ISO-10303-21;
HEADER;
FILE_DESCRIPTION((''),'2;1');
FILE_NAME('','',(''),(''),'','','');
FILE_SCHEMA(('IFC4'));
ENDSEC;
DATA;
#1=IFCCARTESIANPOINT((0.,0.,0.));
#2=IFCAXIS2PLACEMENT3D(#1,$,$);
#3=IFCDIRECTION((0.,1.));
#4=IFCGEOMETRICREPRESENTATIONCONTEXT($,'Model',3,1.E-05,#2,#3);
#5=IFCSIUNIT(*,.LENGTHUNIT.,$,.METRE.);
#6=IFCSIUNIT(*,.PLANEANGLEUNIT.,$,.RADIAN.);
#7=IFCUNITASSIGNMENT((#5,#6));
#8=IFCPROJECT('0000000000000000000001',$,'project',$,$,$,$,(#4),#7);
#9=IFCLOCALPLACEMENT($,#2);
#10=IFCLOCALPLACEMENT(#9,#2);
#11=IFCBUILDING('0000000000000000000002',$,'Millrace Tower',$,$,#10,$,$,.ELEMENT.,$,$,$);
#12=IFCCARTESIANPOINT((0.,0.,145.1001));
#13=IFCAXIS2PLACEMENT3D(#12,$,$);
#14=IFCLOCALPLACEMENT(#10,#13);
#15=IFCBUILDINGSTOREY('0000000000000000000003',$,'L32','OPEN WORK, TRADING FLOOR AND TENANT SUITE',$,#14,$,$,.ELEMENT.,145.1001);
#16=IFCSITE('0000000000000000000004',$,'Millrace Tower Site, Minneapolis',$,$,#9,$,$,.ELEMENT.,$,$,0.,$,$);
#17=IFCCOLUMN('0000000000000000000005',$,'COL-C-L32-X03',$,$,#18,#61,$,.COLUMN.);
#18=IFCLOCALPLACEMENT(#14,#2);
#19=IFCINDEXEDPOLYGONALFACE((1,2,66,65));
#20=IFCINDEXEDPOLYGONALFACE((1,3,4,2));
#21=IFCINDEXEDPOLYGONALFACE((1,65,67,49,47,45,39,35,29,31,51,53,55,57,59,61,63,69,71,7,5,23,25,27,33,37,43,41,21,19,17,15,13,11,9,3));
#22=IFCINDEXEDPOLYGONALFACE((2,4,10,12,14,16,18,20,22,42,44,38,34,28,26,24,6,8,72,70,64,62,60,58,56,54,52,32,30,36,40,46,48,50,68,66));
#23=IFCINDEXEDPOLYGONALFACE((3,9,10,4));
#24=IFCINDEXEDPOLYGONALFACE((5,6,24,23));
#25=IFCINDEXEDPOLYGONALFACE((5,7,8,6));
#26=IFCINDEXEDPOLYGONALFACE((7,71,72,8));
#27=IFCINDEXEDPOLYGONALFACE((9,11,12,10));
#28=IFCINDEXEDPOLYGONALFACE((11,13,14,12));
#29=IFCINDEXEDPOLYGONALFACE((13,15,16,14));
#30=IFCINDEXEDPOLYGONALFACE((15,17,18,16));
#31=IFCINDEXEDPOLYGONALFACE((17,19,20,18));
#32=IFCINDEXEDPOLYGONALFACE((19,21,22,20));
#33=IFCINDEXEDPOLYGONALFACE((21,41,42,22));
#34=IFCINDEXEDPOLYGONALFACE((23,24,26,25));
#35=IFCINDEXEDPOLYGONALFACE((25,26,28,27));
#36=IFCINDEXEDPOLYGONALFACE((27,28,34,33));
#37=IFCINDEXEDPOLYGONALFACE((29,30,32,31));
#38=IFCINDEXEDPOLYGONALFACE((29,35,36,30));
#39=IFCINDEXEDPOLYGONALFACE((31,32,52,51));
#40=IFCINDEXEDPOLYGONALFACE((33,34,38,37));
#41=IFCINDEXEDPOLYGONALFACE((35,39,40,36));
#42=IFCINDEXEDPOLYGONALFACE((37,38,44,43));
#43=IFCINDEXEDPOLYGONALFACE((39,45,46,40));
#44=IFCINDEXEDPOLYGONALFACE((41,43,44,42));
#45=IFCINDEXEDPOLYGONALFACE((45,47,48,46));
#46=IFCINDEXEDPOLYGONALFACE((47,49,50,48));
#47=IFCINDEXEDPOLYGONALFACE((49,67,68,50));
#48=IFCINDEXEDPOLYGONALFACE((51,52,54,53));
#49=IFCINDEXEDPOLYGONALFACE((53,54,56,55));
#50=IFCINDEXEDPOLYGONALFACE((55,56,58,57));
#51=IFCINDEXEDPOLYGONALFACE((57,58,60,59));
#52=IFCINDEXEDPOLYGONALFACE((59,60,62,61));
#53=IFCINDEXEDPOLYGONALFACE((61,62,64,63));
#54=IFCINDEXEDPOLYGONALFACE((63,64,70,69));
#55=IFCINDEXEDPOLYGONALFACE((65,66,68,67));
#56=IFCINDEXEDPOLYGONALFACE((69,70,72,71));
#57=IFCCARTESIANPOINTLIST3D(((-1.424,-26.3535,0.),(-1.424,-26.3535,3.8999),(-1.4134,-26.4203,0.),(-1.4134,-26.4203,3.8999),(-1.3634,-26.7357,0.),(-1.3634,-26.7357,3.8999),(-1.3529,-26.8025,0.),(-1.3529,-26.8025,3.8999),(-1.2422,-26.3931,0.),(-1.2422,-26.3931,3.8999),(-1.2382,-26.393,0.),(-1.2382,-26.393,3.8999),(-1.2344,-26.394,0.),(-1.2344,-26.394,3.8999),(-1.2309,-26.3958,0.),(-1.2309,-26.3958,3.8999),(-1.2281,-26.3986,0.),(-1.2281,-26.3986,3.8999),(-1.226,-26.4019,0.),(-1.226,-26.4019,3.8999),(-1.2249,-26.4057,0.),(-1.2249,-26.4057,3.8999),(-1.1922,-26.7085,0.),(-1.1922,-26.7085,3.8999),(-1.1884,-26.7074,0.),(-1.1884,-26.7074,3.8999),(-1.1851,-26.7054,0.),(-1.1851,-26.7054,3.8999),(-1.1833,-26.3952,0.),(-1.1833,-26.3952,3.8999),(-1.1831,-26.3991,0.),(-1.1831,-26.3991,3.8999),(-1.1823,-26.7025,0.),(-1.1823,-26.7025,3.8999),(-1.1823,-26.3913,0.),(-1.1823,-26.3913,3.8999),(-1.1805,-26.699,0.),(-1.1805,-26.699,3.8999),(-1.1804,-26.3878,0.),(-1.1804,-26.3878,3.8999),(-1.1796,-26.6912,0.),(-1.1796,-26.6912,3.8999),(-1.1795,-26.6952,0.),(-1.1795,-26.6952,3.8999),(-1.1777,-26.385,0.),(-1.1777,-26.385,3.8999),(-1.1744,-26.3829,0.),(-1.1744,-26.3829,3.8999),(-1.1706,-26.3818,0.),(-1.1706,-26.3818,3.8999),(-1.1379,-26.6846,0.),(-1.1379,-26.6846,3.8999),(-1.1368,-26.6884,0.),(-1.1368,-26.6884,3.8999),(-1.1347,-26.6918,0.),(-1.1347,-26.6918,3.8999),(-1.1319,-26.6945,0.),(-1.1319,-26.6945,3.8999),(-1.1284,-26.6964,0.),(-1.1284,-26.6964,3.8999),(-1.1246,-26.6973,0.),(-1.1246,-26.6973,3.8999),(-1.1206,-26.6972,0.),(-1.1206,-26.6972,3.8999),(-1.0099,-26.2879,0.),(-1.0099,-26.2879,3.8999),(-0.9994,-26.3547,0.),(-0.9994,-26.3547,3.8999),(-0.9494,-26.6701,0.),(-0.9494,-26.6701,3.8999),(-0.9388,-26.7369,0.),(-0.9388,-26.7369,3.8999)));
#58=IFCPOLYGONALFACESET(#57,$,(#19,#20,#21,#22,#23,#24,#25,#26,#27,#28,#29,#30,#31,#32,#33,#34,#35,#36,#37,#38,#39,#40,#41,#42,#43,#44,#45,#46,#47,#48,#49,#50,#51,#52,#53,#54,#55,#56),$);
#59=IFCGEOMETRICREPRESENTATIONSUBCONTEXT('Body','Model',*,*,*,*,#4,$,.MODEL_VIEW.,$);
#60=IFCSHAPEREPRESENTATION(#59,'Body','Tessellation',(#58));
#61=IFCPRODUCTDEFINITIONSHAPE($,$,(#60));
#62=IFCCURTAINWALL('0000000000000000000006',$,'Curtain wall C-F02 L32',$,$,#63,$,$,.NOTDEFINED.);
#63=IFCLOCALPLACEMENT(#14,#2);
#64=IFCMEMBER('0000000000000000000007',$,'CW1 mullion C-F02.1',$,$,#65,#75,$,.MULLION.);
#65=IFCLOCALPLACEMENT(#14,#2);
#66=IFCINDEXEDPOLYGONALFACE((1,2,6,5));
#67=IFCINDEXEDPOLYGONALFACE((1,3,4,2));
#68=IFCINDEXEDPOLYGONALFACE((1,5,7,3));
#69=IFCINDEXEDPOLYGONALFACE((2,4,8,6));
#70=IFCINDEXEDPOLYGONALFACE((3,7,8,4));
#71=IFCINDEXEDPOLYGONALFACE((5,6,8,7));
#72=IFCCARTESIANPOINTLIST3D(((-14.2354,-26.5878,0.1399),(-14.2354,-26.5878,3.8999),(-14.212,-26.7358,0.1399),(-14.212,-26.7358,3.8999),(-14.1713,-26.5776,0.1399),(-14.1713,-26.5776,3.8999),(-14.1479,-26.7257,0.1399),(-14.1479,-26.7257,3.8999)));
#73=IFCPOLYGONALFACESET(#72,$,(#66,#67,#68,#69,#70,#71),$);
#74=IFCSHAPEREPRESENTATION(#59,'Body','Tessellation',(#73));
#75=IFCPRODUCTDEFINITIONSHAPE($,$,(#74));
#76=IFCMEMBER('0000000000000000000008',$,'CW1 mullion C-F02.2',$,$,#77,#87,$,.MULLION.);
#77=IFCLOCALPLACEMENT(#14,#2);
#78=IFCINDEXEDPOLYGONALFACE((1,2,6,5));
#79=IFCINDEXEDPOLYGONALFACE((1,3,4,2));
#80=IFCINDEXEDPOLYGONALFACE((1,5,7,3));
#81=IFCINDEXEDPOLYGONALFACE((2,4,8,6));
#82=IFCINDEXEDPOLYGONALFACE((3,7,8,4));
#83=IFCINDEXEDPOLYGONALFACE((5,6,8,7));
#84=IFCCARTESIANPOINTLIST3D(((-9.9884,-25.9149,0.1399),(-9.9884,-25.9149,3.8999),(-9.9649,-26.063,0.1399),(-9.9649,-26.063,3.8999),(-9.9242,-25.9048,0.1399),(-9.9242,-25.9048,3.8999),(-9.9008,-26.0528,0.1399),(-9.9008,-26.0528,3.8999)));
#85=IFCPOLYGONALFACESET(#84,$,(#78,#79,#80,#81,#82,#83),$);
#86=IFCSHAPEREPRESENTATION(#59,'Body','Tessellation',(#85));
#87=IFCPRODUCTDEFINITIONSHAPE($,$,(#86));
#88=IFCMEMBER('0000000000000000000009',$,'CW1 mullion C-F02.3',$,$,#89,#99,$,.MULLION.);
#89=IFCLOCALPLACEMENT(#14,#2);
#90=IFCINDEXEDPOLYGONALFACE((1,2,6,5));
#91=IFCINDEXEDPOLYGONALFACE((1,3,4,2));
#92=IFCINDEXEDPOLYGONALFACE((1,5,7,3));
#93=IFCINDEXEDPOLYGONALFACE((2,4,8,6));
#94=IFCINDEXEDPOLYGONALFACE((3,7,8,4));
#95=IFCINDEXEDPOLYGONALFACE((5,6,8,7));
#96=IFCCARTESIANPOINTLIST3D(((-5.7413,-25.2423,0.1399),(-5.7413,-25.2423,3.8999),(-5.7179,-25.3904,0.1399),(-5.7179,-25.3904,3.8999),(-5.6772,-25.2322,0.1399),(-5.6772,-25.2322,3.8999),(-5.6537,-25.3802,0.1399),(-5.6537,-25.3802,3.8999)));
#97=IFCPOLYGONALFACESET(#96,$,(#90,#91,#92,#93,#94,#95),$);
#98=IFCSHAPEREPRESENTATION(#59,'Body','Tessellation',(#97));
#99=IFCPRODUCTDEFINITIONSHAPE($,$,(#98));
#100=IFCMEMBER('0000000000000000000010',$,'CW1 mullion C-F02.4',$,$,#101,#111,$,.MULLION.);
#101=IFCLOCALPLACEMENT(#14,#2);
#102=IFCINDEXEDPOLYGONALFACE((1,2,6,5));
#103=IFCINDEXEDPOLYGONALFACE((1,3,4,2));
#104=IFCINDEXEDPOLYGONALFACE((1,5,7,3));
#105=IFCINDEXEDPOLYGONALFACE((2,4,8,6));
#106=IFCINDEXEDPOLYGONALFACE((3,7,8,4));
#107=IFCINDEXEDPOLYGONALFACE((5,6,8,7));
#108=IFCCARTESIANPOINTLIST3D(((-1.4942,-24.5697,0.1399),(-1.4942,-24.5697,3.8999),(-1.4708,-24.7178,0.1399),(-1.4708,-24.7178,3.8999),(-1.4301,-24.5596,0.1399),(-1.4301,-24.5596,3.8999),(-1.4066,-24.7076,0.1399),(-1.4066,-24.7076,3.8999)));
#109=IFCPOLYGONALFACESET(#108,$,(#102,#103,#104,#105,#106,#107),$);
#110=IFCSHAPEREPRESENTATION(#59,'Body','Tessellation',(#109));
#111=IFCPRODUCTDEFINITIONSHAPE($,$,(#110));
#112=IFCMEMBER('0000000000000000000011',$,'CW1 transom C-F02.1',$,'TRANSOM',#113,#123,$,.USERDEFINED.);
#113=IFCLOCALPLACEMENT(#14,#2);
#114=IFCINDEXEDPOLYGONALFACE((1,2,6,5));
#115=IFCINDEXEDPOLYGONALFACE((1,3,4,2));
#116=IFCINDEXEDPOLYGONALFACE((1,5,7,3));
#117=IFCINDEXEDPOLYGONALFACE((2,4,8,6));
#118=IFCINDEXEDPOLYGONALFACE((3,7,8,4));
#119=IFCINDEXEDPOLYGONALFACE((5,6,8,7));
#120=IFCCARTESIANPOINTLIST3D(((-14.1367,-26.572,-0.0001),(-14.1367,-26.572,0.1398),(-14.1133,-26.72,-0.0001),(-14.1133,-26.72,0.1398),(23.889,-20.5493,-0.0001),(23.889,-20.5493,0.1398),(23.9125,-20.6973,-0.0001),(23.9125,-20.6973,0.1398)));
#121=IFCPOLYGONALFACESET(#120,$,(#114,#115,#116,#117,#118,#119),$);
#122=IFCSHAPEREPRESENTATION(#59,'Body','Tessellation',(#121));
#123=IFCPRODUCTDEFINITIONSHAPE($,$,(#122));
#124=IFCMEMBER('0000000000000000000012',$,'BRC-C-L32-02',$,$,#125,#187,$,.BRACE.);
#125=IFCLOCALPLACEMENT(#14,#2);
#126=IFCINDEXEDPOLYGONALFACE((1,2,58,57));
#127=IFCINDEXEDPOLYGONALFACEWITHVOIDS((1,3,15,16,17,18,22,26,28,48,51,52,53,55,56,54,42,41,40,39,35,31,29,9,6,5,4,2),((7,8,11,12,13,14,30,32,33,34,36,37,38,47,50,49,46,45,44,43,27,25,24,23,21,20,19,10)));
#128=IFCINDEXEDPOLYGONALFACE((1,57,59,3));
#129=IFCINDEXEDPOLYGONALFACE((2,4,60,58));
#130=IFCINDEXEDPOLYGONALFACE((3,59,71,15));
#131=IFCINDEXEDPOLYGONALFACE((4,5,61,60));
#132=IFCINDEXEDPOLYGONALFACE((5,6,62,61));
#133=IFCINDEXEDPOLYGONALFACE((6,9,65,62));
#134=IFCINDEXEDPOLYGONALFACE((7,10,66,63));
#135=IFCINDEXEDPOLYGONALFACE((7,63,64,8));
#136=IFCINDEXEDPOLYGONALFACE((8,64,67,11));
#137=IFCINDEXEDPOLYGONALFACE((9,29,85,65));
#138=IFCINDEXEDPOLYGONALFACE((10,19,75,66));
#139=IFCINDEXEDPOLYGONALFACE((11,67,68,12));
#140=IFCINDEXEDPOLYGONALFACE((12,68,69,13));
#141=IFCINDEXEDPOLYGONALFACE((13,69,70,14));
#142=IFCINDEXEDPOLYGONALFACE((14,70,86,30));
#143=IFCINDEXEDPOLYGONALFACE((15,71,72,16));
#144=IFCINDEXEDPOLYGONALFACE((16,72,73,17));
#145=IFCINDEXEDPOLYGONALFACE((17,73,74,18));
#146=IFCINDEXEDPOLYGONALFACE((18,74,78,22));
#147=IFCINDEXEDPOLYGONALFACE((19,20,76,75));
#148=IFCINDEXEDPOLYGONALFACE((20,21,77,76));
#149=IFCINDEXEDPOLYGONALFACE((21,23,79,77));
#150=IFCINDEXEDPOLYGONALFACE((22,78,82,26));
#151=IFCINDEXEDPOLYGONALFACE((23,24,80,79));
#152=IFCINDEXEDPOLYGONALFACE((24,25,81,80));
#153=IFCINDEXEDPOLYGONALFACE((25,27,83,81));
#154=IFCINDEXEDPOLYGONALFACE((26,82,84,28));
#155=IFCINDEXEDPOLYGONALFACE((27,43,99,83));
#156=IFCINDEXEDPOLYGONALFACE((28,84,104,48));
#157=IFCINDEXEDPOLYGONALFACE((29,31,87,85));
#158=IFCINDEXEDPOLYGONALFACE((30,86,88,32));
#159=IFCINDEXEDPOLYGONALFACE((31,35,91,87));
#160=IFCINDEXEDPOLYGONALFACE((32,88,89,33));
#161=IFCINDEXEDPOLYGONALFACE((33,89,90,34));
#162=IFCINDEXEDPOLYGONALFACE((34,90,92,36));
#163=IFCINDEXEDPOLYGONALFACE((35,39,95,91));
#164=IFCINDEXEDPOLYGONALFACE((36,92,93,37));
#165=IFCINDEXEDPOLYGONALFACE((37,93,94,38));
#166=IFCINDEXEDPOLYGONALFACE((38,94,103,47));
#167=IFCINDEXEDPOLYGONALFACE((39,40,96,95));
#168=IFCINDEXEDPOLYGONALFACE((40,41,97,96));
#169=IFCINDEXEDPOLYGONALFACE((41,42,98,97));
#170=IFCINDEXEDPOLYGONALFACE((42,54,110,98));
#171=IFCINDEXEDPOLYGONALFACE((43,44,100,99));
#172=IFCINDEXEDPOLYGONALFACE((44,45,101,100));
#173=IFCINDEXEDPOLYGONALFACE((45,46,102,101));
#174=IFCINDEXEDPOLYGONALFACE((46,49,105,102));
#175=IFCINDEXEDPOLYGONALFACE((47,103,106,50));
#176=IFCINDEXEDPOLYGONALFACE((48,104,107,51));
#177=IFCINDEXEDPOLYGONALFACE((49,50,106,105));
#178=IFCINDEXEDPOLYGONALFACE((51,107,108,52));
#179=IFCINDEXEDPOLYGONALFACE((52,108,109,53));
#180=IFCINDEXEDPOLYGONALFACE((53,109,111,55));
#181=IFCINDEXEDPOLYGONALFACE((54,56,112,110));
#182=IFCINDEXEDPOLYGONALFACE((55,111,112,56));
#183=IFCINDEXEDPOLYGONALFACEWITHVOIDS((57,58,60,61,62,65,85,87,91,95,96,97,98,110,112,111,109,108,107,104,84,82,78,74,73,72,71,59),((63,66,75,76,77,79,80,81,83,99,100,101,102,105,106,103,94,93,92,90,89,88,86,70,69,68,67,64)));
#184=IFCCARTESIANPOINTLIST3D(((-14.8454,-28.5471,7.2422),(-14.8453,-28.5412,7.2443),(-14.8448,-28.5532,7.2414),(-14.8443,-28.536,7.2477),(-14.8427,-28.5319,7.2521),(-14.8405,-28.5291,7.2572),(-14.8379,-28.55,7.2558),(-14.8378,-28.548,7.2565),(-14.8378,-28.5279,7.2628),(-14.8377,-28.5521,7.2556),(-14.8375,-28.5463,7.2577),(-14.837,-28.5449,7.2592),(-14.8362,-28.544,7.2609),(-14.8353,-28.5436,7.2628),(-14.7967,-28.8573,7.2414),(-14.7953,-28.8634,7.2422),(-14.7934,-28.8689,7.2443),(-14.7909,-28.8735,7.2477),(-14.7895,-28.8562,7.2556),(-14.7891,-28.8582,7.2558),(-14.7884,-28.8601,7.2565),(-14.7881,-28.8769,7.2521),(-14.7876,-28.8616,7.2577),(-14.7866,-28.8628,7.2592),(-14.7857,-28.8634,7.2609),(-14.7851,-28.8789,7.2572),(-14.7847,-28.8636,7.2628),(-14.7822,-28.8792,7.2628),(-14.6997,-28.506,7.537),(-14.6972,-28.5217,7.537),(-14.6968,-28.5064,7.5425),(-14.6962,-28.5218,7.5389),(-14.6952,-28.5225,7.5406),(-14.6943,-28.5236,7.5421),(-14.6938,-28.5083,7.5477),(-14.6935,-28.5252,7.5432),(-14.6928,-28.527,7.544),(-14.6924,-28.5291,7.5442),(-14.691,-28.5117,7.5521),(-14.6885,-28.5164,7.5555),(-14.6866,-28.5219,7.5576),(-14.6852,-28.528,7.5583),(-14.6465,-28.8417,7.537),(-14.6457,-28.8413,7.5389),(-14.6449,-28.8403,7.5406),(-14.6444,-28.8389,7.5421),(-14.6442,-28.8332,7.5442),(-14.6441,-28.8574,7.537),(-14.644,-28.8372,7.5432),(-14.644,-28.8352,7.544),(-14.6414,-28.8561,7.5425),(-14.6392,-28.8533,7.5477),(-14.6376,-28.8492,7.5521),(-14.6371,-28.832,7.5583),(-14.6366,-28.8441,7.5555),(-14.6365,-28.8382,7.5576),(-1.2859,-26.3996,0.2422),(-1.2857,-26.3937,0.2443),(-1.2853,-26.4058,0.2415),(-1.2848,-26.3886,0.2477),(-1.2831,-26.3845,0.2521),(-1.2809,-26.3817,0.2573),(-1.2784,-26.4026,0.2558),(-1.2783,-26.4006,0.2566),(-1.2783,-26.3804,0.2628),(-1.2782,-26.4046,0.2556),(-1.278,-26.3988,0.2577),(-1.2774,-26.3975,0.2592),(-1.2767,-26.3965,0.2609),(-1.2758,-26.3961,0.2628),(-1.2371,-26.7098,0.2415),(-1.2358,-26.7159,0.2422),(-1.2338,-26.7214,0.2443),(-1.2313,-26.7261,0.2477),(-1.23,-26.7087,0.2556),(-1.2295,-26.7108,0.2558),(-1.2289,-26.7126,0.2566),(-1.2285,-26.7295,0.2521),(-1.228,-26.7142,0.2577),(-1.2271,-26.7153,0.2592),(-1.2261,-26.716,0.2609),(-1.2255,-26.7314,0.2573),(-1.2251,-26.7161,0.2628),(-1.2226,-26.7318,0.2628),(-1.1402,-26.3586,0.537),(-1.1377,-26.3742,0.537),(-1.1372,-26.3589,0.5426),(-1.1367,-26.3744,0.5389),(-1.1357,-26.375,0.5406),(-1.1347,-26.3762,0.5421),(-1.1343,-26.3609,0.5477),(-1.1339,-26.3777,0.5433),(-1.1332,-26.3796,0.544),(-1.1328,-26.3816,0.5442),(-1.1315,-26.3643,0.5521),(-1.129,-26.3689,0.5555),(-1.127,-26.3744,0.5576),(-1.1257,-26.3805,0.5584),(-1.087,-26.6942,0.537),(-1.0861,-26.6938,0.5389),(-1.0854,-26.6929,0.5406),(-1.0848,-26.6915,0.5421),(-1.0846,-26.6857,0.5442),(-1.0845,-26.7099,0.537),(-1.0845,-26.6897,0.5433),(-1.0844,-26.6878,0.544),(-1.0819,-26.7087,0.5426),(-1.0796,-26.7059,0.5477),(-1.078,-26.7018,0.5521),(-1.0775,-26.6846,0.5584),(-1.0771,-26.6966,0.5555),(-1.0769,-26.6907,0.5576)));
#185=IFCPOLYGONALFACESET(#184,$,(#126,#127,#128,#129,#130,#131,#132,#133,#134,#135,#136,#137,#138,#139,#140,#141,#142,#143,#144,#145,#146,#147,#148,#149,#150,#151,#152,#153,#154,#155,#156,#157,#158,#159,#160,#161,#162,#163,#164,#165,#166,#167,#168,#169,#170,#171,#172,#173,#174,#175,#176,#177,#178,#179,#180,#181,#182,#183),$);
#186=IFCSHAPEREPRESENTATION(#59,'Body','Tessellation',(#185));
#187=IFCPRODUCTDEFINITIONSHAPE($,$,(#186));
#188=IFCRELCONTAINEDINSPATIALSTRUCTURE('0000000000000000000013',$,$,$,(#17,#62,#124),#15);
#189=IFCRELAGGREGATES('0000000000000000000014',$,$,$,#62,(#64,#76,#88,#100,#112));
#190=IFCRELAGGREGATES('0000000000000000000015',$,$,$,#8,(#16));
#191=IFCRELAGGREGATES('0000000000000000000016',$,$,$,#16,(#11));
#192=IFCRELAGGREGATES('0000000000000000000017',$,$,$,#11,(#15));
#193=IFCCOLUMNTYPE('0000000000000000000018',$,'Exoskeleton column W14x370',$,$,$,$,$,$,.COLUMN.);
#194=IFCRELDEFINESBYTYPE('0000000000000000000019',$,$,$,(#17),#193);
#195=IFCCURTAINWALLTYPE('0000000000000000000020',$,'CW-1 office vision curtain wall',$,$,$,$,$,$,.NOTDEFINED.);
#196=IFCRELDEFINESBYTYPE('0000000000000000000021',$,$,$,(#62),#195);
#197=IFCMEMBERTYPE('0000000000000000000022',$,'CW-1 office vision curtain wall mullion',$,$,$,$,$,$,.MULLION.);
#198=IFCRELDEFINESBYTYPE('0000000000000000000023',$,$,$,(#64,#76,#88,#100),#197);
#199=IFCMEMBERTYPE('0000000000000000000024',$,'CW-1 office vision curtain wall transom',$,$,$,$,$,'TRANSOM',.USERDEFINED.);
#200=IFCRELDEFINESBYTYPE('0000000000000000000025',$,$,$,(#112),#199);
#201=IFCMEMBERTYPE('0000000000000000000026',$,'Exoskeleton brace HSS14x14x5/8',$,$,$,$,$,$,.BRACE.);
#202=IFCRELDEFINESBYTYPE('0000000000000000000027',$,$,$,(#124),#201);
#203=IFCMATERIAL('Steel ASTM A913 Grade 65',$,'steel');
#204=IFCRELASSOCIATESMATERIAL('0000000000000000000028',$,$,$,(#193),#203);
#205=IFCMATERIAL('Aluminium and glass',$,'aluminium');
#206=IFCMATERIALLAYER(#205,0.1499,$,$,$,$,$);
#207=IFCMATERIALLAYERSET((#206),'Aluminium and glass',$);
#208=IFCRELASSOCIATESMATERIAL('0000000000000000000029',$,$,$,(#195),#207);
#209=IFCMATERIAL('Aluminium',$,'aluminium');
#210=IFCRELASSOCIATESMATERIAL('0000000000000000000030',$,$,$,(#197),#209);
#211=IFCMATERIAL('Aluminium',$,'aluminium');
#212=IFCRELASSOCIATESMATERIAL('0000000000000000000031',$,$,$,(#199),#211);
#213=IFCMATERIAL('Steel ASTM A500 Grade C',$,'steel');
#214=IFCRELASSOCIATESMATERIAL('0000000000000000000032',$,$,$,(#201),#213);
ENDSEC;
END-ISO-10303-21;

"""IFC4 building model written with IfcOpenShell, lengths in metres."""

from ifc_helpers import new_model, si_unit, direction, frame, origin, origin_2d, place, context, subcontext, project, spatial, rectangle, hollow_rectangle, i_section, extrude, material, layer, layer_set, material_profile, profile_set, type_object, element, aggregate, save


model = new_model("IFC4")

# Units and contexts
model_context = context("Model", 3, precision=1e-05, world=origin(), true_north=direction((0.0, 1.0)))
body_context = subcontext(model_context, "Body", "Model", "MODEL_VIEW")
ifc_project = project(units=[si_unit("LENGTHUNIT", "METRE"), si_unit("PLANEANGLEUNIT", "RADIAN")], contexts=[model_context])

# Site, building, storey
site_placement = place(None, origin())
site = spatial("IfcSite", under=ifc_project, at=site_placement, Name="Millrace Tower Site, Minneapolis", CompositionType="ELEMENT", RefElevation=0.0)
building_placement = place(site_placement, origin())
building = spatial("IfcBuilding", under=site, at=building_placement, Name="Millrace Tower", CompositionType="ELEMENT")
storey_placement = place(building_placement, frame((0.0, 0.0, 145.1001)))
storey = spatial("IfcBuildingStorey", under=building, at=storey_placement, Name="L32", Description="OPEN WORK, TRADING FLOOR AND TENANT SUITE", CompositionType="ELEMENT", Elevation=145.1001)

# Column
ifc_material_1 = material(Name="Steel ASTM A913 Grade 65", Category="steel")
ifc_material_profile_1 = material_profile(ifc_material_1, i_section(OverallWidth=0.4192, OverallDepth=0.4546, WebThickness=0.0422, FlangeThickness=0.0676, FilletRadius=0.0151, at=origin_2d()))
ifc_profile_set_1 = profile_set([ifc_material_profile_1], Name="Steel ASTM A913 Grade 65")
column_type = type_object("IfcColumnType", Name="Exoskeleton column W14x370", PredefinedType="COLUMN", material=ifc_profile_set_1)
column_placement = place(storey_placement, frame((-1.1814, -26.5452, 0.0), z_axis=(0.0, 0.0, 1.0), x_axis=(0.987688, 0.156434, 0.0)))
element("IfcColumn", 1, at=column_placement, inside=storey, type_object=column_type, Name="COL-C-L32-X03", PredefinedType="COLUMN", context=body_context, shape_type="SweptSolid", body=[
    extrude(i_section(OverallWidth=0.4192, OverallDepth=0.4546, WebThickness=0.0422, FlangeThickness=0.0676, FilletRadius=0.0151, at=origin_2d()), origin(), (0.0, 0.0, 1.0), 3.8999),
])

# Curtain wall, members
ifc_material_2 = material(Name="Aluminium and glass", Category="aluminium")
ifc_layer_1 = layer(ifc_material_2, 0.1499)
ifc_layer_set_1 = layer_set([ifc_layer_1], Name="Aluminium and glass")
curtain_wall_type = type_object("IfcCurtainWallType", Name="CW-1 office vision curtain wall", PredefinedType="NOTDEFINED", material=ifc_layer_set_1)
curtain_wall_placement = place(storey_placement, origin())
curtain_wall = element("IfcCurtainWall", 2, at=curtain_wall_placement, inside=storey, type_object=curtain_wall_type, Name="Curtain wall C-F02 L32", PredefinedType="NOTDEFINED")
ifc_material_3 = material(Name="Aluminium", Category="aluminium")
ifc_material_profile_2 = material_profile(ifc_material_3, rectangle(XDim=0.0649, YDim=0.1499, at=origin_2d()))
ifc_profile_set_2 = profile_set([ifc_material_profile_2], Name="Aluminium")
member_type_1 = type_object("IfcMemberType", Name="CW-1 office vision curtain wall mullion", PredefinedType="MULLION", material=ifc_profile_set_2)
member_1_placement = place(storey_placement, frame((-14.1917, -26.6567, 0.1399), z_axis=(0.0, 0.0, 1.0), x_axis=(0.987688, 0.156434, 0.0)))
member_1 = element("IfcMember", 3, at=member_1_placement, type_object=member_type_1, Name="CW1 mullion C-F02.1", PredefinedType="MULLION", context=body_context, shape_type="SweptSolid", body=[
    extrude(rectangle(XDim=0.0649, YDim=0.1499, at=origin_2d()), origin(), (0.0, 0.0, 1.0), 3.76),
])
member_2_placement = place(storey_placement, frame((-9.9446, -25.9839, 0.1399), z_axis=(0.0, 0.0, 1.0), x_axis=(0.987688, 0.156434, 0.0)))
member_2 = element("IfcMember", 4, at=member_2_placement, type_object=member_type_1, Name="CW1 mullion C-F02.2", PredefinedType="MULLION", context=body_context, shape_type="SweptSolid", body=[
    extrude(rectangle(XDim=0.0649, YDim=0.1499, at=origin_2d()), origin(), (0.0, 0.0, 1.0), 3.76),
])
member_3_placement = place(storey_placement, frame((-5.6975, -25.3113, 0.1399), z_axis=(0.0, 0.0, 1.0), x_axis=(0.987688, 0.156434, 0.0)))
member_3 = element("IfcMember", 5, at=member_3_placement, type_object=member_type_1, Name="CW1 mullion C-F02.3", PredefinedType="MULLION", context=body_context, shape_type="SweptSolid", body=[
    extrude(rectangle(XDim=0.0649, YDim=0.1499, at=origin_2d()), origin(), (0.0, 0.0, 1.0), 3.76),
])
member_4_placement = place(storey_placement, frame((-1.4504, -24.6387, 0.1399), z_axis=(0.0, 0.0, 1.0), x_axis=(0.987688, 0.156434, 0.0)))
member_4 = element("IfcMember", 6, at=member_4_placement, type_object=member_type_1, Name="CW1 mullion C-F02.4", PredefinedType="MULLION", context=body_context, shape_type="SweptSolid", body=[
    extrude(rectangle(XDim=0.0649, YDim=0.1499, at=origin_2d()), origin(), (0.0, 0.0, 1.0), 3.76),
])
ifc_material_4 = material(Name="Aluminium", Category="aluminium")
ifc_material_profile_3 = material_profile(ifc_material_4, rectangle(XDim=0.1499, YDim=0.1399, at=origin_2d()))
ifc_profile_set_3 = profile_set([ifc_material_profile_3], Name="Aluminium")
member_type_2 = type_object("IfcMemberType", Name="CW-1 office vision curtain wall transom", ElementType="TRANSOM", PredefinedType="USERDEFINED", material=ifc_profile_set_3)
member_5_placement = place(storey_placement, frame((-14.125, -26.646, 0.0698), z_axis=(0.987688, 0.156434, 0.0), x_axis=(-0.156434, 0.987688, 0.0)))
member_5 = element("IfcMember", 7, at=member_5_placement, type_object=member_type_2, Name="CW1 transom C-F02.1", ObjectType="TRANSOM", PredefinedType="USERDEFINED", context=body_context, shape_type="SweptSolid", body=[
    extrude(rectangle(XDim=0.1499, YDim=0.1399, at=origin_2d()), origin(), (0.0, 0.0, 1.0), 38.4998),
])
aggregate(curtain_wall, [member_1, member_2, member_3, member_4, member_5])

# Member
ifc_material_5 = material(Name="Steel ASTM A500 Grade C", Category="steel")
ifc_material_profile_4 = material_profile(ifc_material_5, hollow_rectangle(XDim=0.3557, YDim=0.3557, WallThickness=0.0159, InnerFilletRadius=0.0081, OuterFilletRadius=0.0239, at=origin_2d()))
ifc_profile_set_4 = profile_set([ifc_material_profile_4], Name="Steel ASTM A500 Grade C")
member_type_3 = type_object("IfcMemberType", Name="Exoskeleton brace HSS14x14x5/8", PredefinedType="BRACE", material=ifc_profile_set_4)
member_6_placement = place(storey_placement, frame((-1.1814, -26.5452, 0.3999), z_axis=(-0.87991, -0.139353, 0.454245), x_axis=(0.156423, -0.98769, 0.0)))
element("IfcMember", 8, at=member_6_placement, inside=storey, type_object=member_type_3, Name="BRC-C-L32-02", PredefinedType="BRACE", context=body_context, shape_type="SweptSolid", body=[
    extrude(hollow_rectangle(XDim=0.3557, YDim=0.3557, WallThickness=0.0159, InnerFilletRadius=0.0081, OuterFilletRadius=0.0239, at=origin_2d()), origin(), (0.0, 0.0, 1.0), 15.4102),
])

save(model, "model.ifc")
